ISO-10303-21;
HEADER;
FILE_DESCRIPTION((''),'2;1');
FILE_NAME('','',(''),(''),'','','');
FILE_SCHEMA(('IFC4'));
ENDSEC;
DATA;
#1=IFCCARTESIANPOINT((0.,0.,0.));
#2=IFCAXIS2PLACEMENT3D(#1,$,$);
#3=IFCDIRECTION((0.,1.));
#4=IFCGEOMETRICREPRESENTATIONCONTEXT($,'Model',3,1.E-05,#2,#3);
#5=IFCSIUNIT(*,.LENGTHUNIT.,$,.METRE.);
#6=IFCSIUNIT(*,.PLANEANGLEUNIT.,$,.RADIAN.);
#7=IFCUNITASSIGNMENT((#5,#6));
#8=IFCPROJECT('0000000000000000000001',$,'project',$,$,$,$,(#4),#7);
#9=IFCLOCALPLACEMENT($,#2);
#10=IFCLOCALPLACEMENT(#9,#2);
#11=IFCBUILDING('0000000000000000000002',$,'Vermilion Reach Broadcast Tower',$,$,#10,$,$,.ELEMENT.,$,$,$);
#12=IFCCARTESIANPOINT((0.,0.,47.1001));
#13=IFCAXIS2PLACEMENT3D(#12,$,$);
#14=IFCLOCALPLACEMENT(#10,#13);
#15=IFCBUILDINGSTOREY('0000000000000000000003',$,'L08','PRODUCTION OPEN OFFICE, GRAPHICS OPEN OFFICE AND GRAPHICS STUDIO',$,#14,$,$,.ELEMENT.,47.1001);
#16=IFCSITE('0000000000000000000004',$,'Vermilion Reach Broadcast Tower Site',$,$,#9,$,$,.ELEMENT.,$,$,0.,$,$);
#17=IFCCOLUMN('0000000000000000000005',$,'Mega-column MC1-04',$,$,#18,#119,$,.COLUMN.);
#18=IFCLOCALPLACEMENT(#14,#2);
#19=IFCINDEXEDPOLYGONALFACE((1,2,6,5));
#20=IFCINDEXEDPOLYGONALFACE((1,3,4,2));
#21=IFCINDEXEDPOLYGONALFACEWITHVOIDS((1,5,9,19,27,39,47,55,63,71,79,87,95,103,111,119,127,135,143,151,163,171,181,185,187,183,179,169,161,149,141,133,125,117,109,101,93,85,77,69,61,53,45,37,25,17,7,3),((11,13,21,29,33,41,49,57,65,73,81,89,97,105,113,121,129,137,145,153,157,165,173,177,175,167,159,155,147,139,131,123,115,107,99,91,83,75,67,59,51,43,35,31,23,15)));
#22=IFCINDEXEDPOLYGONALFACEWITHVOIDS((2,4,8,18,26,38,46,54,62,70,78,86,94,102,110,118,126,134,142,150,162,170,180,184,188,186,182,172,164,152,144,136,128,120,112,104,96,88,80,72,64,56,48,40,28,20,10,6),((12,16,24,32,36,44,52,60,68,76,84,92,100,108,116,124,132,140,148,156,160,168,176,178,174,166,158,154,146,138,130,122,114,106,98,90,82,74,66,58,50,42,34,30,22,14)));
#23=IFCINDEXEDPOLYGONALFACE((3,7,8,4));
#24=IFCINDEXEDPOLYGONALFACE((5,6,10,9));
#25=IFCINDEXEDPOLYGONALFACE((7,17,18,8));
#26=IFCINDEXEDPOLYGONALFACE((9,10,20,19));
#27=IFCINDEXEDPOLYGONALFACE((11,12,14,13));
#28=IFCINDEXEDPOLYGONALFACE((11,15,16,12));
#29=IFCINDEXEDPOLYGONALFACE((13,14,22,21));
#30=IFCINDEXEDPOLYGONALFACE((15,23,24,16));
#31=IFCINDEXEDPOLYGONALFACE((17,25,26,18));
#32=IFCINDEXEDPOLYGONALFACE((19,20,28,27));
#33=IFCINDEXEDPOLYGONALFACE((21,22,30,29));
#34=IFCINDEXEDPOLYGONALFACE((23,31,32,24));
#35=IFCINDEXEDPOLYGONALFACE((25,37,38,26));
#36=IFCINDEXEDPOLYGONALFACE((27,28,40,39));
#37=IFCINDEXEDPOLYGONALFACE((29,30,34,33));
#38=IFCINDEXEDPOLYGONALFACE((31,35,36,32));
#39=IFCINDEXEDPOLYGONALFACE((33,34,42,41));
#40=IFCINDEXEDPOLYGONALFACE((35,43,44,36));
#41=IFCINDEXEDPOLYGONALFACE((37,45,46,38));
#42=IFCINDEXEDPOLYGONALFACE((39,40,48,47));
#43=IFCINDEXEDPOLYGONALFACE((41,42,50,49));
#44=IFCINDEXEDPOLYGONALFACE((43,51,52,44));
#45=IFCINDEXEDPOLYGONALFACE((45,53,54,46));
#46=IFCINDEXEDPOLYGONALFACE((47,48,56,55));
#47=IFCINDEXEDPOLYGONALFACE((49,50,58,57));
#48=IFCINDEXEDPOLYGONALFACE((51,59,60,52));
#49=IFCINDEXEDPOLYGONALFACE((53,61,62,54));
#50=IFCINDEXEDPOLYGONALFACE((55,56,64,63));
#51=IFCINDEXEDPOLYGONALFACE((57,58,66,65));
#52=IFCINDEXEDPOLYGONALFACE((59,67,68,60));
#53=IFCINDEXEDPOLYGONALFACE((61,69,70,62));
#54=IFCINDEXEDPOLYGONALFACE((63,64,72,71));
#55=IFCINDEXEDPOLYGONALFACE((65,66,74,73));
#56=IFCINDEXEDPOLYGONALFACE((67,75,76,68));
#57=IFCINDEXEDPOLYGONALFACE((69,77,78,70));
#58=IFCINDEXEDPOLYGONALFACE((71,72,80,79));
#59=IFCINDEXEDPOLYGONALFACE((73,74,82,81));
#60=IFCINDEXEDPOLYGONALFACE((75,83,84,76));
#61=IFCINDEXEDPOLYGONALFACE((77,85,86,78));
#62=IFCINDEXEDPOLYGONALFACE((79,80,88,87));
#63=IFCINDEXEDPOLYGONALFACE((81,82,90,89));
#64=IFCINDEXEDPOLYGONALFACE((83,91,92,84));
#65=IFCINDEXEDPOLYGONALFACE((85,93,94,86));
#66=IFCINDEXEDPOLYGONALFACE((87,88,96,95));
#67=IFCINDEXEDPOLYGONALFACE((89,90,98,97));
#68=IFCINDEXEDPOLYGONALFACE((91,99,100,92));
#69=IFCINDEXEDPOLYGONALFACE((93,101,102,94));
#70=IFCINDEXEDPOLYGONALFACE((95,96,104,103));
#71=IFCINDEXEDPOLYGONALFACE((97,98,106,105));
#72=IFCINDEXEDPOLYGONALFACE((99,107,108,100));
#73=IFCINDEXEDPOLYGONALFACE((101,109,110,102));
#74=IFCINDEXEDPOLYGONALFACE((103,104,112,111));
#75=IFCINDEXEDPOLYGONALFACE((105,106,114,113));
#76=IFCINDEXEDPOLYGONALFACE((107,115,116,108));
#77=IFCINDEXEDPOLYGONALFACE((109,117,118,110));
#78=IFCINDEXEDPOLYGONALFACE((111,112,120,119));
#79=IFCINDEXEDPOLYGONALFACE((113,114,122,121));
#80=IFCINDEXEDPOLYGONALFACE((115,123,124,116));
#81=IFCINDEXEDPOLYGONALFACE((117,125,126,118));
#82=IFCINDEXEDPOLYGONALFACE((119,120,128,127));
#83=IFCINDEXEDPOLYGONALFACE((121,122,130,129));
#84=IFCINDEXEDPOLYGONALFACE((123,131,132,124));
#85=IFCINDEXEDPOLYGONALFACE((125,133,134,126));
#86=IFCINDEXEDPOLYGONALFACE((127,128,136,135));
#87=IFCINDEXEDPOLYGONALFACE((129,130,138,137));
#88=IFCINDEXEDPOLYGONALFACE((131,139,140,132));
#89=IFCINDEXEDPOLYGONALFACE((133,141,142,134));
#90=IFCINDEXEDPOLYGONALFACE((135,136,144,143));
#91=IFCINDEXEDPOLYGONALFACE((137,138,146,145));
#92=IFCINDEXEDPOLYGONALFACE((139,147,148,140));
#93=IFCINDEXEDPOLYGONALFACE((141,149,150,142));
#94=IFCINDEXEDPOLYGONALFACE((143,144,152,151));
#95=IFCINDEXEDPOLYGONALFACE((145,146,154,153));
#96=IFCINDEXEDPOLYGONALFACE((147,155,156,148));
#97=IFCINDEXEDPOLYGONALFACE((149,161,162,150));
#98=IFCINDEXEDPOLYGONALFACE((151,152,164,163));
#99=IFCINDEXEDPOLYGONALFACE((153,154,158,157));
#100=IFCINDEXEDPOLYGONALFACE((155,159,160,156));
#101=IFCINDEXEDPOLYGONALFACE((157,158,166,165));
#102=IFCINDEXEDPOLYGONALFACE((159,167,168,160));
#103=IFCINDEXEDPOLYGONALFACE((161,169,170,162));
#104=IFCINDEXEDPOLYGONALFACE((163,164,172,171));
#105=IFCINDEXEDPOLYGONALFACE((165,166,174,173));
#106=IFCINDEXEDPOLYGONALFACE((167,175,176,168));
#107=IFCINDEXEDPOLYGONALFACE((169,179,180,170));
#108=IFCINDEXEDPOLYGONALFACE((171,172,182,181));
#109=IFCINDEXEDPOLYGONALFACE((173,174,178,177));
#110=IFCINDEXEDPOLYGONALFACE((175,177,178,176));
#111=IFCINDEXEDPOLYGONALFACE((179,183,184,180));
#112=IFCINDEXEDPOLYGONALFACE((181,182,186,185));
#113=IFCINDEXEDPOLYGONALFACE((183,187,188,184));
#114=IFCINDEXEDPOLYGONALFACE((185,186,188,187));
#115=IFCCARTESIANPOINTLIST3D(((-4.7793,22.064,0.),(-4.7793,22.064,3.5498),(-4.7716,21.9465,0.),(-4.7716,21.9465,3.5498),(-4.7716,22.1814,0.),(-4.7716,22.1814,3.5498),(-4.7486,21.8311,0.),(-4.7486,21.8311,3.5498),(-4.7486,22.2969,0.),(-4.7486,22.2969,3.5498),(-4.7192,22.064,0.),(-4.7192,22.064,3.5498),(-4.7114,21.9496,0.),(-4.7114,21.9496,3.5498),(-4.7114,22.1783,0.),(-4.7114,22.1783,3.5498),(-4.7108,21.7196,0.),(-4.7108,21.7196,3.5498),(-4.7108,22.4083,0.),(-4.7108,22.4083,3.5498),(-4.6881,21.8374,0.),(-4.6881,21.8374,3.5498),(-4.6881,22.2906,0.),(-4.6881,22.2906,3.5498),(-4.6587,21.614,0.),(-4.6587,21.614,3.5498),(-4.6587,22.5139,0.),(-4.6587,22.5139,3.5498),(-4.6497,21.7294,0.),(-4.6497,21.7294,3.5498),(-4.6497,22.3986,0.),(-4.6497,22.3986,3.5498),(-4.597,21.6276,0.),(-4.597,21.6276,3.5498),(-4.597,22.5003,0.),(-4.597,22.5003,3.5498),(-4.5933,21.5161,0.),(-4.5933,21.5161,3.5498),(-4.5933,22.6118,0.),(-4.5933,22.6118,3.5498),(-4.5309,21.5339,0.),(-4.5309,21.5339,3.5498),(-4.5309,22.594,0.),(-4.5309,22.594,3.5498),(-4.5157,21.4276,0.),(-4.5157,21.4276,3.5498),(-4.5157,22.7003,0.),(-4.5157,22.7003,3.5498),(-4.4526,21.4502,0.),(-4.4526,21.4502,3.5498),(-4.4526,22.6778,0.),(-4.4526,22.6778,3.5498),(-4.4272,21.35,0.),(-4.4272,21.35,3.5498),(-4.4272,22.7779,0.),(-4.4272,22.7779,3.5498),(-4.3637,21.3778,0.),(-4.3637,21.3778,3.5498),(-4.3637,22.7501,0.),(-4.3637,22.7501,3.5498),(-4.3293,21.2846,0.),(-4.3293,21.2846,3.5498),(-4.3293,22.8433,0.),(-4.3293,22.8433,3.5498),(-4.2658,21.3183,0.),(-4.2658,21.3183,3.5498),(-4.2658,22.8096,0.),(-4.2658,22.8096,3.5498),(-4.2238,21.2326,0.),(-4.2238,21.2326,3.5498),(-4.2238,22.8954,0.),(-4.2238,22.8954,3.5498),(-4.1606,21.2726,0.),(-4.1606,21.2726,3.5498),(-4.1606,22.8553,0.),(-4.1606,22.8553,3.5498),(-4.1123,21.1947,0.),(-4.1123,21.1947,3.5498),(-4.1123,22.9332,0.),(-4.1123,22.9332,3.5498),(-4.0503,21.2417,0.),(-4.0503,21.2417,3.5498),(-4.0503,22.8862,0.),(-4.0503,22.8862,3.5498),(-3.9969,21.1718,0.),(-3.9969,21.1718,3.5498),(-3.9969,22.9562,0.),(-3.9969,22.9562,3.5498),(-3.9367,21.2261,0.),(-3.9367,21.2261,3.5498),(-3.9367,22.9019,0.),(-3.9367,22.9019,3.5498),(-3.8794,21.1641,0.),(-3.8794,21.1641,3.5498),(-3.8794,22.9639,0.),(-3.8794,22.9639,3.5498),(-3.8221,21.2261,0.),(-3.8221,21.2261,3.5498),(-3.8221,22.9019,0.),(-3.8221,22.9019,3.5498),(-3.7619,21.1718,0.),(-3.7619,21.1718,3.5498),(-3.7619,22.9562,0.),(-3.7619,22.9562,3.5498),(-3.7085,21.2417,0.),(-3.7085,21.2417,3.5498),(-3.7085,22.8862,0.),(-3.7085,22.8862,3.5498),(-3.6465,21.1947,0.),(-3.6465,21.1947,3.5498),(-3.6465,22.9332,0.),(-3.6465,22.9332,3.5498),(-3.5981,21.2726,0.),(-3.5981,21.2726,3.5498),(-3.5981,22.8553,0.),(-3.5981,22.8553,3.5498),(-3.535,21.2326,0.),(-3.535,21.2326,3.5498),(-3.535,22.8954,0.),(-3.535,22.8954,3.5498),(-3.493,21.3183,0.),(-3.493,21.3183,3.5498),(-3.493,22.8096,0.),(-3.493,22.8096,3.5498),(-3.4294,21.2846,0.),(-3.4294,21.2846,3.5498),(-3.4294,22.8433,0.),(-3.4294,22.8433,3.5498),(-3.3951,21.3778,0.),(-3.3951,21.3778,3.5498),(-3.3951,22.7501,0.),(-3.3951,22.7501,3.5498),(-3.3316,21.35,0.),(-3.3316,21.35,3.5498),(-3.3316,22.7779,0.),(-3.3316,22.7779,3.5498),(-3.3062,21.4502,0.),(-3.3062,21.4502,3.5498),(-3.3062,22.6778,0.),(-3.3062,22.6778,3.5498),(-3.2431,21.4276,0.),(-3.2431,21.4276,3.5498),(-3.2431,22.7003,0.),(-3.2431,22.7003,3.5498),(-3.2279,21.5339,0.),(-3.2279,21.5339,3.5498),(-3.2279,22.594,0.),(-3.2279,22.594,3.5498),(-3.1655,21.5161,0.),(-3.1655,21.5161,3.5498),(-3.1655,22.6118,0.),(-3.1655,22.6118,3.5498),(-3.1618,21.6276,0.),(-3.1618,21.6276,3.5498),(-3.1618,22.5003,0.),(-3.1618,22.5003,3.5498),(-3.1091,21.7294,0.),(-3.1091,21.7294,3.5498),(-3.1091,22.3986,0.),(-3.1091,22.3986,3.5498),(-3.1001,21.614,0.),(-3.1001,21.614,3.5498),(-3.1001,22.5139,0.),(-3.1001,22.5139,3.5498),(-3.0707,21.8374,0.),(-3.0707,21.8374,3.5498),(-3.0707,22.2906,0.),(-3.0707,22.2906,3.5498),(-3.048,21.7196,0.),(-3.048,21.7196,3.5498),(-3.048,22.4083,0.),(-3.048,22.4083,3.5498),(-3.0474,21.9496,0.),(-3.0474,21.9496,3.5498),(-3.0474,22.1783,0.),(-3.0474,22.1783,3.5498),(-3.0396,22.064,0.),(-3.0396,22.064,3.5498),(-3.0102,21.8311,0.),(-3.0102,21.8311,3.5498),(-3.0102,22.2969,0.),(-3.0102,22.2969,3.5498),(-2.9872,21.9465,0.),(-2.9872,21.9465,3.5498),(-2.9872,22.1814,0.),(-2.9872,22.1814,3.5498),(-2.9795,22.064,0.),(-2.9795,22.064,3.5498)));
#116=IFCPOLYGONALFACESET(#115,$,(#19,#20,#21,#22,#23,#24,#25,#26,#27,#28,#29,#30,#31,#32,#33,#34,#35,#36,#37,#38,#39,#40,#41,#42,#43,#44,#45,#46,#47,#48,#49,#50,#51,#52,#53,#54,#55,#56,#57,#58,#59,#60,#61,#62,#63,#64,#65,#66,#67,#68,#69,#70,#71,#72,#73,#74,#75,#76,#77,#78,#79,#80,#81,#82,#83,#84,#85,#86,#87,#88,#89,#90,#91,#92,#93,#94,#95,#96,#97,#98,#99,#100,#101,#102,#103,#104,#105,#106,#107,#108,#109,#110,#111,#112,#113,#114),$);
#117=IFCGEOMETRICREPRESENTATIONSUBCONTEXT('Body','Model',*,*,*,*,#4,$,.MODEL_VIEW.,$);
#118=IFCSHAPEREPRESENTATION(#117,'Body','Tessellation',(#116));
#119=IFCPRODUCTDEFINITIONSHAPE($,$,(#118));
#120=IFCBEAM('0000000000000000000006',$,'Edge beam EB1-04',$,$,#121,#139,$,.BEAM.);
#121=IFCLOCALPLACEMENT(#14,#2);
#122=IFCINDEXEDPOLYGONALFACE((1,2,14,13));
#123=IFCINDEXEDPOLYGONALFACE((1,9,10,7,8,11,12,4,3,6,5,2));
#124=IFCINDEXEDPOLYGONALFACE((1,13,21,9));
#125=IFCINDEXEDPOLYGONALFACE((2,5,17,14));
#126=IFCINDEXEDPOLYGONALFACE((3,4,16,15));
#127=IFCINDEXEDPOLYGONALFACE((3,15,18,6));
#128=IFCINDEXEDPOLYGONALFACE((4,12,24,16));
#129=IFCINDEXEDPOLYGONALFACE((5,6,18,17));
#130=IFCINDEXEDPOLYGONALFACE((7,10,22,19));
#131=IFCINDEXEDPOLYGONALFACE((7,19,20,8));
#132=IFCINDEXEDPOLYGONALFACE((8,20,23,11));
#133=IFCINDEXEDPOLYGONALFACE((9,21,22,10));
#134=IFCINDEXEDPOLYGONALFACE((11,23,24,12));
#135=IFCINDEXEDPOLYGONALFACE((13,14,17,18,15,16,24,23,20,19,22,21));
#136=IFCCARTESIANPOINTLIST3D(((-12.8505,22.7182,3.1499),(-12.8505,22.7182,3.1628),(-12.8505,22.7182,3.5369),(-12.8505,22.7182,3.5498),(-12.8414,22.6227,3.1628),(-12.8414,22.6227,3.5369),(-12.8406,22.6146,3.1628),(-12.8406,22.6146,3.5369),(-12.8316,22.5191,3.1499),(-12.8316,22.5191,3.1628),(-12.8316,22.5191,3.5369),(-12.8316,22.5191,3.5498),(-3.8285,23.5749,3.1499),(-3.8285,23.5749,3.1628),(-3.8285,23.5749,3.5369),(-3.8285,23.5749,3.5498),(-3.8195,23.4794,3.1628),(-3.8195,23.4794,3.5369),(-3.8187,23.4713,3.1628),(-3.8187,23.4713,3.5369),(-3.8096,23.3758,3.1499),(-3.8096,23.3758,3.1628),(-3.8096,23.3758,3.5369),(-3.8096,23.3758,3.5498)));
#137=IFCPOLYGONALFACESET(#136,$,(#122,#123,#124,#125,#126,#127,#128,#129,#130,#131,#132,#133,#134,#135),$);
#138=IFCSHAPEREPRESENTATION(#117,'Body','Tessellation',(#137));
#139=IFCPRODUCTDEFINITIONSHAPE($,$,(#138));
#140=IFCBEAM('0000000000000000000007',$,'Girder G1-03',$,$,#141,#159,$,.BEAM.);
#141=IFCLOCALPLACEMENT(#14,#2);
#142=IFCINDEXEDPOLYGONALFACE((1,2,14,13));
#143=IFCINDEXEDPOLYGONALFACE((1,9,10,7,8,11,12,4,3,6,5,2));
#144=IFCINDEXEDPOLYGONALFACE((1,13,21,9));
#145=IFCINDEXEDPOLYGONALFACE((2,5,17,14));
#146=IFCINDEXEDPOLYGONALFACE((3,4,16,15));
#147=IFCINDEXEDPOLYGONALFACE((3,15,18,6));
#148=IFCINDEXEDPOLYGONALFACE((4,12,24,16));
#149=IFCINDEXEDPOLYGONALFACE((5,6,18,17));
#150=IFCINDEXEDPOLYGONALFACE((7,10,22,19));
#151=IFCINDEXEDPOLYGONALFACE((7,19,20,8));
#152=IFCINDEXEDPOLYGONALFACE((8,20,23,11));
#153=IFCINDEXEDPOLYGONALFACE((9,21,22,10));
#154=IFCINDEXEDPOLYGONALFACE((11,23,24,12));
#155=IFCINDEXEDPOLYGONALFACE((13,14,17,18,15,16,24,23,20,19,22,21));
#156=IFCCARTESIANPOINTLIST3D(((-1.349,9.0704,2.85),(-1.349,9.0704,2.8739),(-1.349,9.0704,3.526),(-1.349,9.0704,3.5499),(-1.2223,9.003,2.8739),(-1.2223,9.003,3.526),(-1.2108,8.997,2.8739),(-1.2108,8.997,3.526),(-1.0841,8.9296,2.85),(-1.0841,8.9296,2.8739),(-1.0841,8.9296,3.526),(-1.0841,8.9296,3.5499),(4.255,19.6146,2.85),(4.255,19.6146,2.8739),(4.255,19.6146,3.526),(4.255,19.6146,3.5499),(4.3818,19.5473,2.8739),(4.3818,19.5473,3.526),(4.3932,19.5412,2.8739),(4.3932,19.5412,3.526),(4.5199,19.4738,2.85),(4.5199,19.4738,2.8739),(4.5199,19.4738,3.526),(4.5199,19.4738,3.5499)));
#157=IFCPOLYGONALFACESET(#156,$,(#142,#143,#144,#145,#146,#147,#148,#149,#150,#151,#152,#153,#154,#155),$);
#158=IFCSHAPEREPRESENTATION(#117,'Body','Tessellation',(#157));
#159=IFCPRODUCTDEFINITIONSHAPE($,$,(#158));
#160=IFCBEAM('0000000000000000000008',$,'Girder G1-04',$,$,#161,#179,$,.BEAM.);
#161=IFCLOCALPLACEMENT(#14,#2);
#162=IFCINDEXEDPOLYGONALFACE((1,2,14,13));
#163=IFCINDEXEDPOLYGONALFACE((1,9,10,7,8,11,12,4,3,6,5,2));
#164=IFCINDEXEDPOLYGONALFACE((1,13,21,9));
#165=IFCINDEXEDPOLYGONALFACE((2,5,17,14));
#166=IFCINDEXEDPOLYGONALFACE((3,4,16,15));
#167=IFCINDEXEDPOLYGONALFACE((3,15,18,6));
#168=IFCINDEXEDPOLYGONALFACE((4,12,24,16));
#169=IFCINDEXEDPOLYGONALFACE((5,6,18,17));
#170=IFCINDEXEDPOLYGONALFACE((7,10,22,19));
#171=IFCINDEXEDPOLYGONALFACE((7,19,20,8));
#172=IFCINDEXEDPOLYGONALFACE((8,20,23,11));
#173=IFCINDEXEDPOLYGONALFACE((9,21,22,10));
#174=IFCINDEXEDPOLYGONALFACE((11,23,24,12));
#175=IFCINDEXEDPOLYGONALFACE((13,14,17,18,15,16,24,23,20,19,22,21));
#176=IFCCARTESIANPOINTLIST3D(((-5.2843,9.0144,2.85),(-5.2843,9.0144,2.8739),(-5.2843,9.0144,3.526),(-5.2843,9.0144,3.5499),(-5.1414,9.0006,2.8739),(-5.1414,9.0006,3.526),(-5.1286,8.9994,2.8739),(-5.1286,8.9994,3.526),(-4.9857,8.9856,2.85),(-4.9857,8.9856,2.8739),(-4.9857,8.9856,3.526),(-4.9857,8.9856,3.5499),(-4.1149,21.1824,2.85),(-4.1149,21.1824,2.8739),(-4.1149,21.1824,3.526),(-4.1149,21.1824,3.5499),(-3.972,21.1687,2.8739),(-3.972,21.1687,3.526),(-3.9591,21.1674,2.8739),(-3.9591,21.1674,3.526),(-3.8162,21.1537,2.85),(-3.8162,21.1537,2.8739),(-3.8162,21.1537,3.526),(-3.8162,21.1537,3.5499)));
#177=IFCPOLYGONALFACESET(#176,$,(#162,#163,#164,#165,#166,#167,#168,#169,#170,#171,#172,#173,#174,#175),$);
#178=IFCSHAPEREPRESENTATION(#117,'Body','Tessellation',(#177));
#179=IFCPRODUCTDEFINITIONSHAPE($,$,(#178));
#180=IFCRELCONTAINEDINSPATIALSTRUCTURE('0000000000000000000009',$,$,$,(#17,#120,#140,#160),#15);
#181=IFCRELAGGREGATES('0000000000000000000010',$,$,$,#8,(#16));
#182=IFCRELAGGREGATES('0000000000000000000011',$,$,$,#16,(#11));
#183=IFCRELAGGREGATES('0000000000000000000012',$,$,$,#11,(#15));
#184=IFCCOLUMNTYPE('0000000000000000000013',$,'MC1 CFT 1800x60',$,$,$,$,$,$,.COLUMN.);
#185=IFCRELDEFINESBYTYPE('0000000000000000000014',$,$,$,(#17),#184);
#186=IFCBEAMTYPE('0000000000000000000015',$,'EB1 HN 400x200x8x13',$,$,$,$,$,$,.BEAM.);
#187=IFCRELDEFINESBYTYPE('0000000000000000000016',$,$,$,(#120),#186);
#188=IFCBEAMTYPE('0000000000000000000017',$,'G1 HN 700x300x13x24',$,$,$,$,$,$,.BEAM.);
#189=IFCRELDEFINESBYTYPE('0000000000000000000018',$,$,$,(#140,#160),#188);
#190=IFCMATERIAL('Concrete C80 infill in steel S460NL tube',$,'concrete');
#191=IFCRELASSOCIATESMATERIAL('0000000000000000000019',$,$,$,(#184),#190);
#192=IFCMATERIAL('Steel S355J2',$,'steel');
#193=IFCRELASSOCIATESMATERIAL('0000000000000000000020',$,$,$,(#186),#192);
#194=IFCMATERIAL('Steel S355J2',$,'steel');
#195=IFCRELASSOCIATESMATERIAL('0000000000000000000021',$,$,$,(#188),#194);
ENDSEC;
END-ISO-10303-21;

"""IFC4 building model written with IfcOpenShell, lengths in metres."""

from ifc_helpers import new_model, si_unit, direction, frame, origin, origin_2d, place, context, subcontext, project, spatial, hollow_circle, i_section, extrude, material, material_profile, profile_set, type_object, element, save


model = new_model("IFC4")

# Units and contexts
model_context = context("Model", 3, precision=1e-05, world=origin(), true_north=direction((0.0, 1.0)))
body_context = subcontext(model_context, "Body", "Model", "MODEL_VIEW")
ifc_project = project(units=[si_unit("LENGTHUNIT", "METRE"), si_unit("PLANEANGLEUNIT", "RADIAN")], contexts=[model_context])

# Site, building, storey
site_placement = place(None, origin())
site = spatial("IfcSite", under=ifc_project, at=site_placement, Name="Vermilion Reach Broadcast Tower Site", CompositionType="ELEMENT", RefElevation=0.0)
building_placement = place(site_placement, origin())
building = spatial("IfcBuilding", under=site, at=building_placement, Name="Vermilion Reach Broadcast Tower", CompositionType="ELEMENT")
storey_placement = place(building_placement, frame((0.0, 0.0, 47.1001)))
storey = spatial("IfcBuildingStorey", under=building, at=storey_placement, Name="L08", Description="PRODUCTION OPEN OFFICE, GRAPHICS OPEN OFFICE AND GRAPHICS STUDIO", CompositionType="ELEMENT", Elevation=47.1001)

# Column
ifc_material_1 = material(Name="Concrete C80 infill in steel S460NL tube", Category="concrete")
ifc_material_profile_1 = material_profile(ifc_material_1, hollow_circle(Radius=0.8999, WallThickness=0.0601, at=origin_2d()), Name="Concrete C80 infill in steel S460NL tube CFT 1800x60")
ifc_profile_set_1 = profile_set([ifc_material_profile_1], Name="Concrete C80 infill in steel S460NL tube")
column_type = type_object("IfcColumnType", Name="MC1 CFT 1800x60", PredefinedType="COLUMN", material=ifc_profile_set_1)
for number, where, z_axis, x_axis, name in (
    (1, (-3.8794, 22.064, 0.0), (0.0, 0.0, 1.0), (1.0, 0.0, 0.0), "Mega-column MC1-04"),
):
    element("IfcColumn", number, at=place(storey_placement, frame(where, z_axis=z_axis, x_axis=x_axis)), inside=storey, type_object=column_type, Name=name, PredefinedType="COLUMN", context=body_context, shape_type="SweptSolid", body=[
        extrude(hollow_circle(Radius=0.8999, WallThickness=0.0601, at=origin_2d()), origin(), (0.0, 0.0, 1.0), 3.5498),
    ])

# Beams
ifc_material_2 = material(Name="Steel S355J2", Category="steel")
ifc_material_profile_2 = material_profile(ifc_material_2, i_section(OverallWidth=0.2, OverallDepth=0.3999, WebThickness=0.0081, FlangeThickness=0.0129, at=origin_2d()), Name="S355J2 HN 400x200x8x13")
ifc_profile_set_2 = profile_set([ifc_material_profile_2], Name="Steel S355J2")
beam_type_1 = type_object("IfcBeamType", Name="EB1 HN 400x200x8x13", PredefinedType="BEAM", material=ifc_profile_set_2)
beam_1_placement = place(storey_placement, frame((-3.8191, 23.4753, 3.3499), z_axis=(-0.995522, -0.094531, 0.0), x_axis=(0.094531, -0.995522, 0.0)))
element("IfcBeam", 2, at=beam_1_placement, inside=storey, type_object=beam_type_1, Name="Edge beam EB1-04", PredefinedType="BEAM", context=body_context, shape_type="SweptSolid", body=[
    extrude(i_section(OverallWidth=0.2, OverallDepth=0.3999, WebThickness=0.0081, FlangeThickness=0.0129, at=origin_2d()), origin(), (0.0, 0.0, 1.0), 9.0625),
])
ifc_material_3 = material(Name="Steel S355J2", Category="steel")
ifc_material_profile_3 = material_profile(ifc_material_3, i_section(OverallWidth=0.3, OverallDepth=0.7, WebThickness=0.0129, FlangeThickness=0.0239, at=origin_2d()), Name="S355J2 HN 700x300x13x24")
ifc_profile_set_3 = profile_set([ifc_material_profile_3], Name="Steel S355J2")
beam_type_2 = type_object("IfcBeamType", Name="G1 HN 700x300x13x24", PredefinedType="BEAM", material=ifc_profile_set_3)
beam_2_placement = place(storey_placement, frame((-1.2166, 9.0, 3.2), z_axis=(0.469312, 0.883032, 0.0), x_axis=(-0.883032, 0.469312, 0.0)))
element("IfcBeam", 3, at=beam_2_placement, inside=storey, type_object=beam_type_2, Name="Girder G1-03", PredefinedType="BEAM", context=body_context, shape_type="SweptSolid", body=[
    extrude(i_section(OverallWidth=0.3, OverallDepth=0.7, WebThickness=0.0129, FlangeThickness=0.0239, at=origin_2d()), origin(), (0.0, 0.0, 1.0), 11.9409),
])
beam_3_placement = place(storey_placement, frame((-5.135, 9.0, 3.2), z_axis=(0.095667, 0.995413, 0.0), x_axis=(-0.995413, 0.095667, 0.0)))
element("IfcBeam", 4, at=beam_3_placement, inside=storey, type_object=beam_type_2, Name="Girder G1-04", PredefinedType="BEAM", context=body_context, shape_type="SweptSolid", body=[
    extrude(i_section(OverallWidth=0.3, OverallDepth=0.7, WebThickness=0.0129, FlangeThickness=0.0239, at=origin_2d()), origin(), (0.0, 0.0, 1.0), 12.2241),
])

save(model, "model.ifc")
